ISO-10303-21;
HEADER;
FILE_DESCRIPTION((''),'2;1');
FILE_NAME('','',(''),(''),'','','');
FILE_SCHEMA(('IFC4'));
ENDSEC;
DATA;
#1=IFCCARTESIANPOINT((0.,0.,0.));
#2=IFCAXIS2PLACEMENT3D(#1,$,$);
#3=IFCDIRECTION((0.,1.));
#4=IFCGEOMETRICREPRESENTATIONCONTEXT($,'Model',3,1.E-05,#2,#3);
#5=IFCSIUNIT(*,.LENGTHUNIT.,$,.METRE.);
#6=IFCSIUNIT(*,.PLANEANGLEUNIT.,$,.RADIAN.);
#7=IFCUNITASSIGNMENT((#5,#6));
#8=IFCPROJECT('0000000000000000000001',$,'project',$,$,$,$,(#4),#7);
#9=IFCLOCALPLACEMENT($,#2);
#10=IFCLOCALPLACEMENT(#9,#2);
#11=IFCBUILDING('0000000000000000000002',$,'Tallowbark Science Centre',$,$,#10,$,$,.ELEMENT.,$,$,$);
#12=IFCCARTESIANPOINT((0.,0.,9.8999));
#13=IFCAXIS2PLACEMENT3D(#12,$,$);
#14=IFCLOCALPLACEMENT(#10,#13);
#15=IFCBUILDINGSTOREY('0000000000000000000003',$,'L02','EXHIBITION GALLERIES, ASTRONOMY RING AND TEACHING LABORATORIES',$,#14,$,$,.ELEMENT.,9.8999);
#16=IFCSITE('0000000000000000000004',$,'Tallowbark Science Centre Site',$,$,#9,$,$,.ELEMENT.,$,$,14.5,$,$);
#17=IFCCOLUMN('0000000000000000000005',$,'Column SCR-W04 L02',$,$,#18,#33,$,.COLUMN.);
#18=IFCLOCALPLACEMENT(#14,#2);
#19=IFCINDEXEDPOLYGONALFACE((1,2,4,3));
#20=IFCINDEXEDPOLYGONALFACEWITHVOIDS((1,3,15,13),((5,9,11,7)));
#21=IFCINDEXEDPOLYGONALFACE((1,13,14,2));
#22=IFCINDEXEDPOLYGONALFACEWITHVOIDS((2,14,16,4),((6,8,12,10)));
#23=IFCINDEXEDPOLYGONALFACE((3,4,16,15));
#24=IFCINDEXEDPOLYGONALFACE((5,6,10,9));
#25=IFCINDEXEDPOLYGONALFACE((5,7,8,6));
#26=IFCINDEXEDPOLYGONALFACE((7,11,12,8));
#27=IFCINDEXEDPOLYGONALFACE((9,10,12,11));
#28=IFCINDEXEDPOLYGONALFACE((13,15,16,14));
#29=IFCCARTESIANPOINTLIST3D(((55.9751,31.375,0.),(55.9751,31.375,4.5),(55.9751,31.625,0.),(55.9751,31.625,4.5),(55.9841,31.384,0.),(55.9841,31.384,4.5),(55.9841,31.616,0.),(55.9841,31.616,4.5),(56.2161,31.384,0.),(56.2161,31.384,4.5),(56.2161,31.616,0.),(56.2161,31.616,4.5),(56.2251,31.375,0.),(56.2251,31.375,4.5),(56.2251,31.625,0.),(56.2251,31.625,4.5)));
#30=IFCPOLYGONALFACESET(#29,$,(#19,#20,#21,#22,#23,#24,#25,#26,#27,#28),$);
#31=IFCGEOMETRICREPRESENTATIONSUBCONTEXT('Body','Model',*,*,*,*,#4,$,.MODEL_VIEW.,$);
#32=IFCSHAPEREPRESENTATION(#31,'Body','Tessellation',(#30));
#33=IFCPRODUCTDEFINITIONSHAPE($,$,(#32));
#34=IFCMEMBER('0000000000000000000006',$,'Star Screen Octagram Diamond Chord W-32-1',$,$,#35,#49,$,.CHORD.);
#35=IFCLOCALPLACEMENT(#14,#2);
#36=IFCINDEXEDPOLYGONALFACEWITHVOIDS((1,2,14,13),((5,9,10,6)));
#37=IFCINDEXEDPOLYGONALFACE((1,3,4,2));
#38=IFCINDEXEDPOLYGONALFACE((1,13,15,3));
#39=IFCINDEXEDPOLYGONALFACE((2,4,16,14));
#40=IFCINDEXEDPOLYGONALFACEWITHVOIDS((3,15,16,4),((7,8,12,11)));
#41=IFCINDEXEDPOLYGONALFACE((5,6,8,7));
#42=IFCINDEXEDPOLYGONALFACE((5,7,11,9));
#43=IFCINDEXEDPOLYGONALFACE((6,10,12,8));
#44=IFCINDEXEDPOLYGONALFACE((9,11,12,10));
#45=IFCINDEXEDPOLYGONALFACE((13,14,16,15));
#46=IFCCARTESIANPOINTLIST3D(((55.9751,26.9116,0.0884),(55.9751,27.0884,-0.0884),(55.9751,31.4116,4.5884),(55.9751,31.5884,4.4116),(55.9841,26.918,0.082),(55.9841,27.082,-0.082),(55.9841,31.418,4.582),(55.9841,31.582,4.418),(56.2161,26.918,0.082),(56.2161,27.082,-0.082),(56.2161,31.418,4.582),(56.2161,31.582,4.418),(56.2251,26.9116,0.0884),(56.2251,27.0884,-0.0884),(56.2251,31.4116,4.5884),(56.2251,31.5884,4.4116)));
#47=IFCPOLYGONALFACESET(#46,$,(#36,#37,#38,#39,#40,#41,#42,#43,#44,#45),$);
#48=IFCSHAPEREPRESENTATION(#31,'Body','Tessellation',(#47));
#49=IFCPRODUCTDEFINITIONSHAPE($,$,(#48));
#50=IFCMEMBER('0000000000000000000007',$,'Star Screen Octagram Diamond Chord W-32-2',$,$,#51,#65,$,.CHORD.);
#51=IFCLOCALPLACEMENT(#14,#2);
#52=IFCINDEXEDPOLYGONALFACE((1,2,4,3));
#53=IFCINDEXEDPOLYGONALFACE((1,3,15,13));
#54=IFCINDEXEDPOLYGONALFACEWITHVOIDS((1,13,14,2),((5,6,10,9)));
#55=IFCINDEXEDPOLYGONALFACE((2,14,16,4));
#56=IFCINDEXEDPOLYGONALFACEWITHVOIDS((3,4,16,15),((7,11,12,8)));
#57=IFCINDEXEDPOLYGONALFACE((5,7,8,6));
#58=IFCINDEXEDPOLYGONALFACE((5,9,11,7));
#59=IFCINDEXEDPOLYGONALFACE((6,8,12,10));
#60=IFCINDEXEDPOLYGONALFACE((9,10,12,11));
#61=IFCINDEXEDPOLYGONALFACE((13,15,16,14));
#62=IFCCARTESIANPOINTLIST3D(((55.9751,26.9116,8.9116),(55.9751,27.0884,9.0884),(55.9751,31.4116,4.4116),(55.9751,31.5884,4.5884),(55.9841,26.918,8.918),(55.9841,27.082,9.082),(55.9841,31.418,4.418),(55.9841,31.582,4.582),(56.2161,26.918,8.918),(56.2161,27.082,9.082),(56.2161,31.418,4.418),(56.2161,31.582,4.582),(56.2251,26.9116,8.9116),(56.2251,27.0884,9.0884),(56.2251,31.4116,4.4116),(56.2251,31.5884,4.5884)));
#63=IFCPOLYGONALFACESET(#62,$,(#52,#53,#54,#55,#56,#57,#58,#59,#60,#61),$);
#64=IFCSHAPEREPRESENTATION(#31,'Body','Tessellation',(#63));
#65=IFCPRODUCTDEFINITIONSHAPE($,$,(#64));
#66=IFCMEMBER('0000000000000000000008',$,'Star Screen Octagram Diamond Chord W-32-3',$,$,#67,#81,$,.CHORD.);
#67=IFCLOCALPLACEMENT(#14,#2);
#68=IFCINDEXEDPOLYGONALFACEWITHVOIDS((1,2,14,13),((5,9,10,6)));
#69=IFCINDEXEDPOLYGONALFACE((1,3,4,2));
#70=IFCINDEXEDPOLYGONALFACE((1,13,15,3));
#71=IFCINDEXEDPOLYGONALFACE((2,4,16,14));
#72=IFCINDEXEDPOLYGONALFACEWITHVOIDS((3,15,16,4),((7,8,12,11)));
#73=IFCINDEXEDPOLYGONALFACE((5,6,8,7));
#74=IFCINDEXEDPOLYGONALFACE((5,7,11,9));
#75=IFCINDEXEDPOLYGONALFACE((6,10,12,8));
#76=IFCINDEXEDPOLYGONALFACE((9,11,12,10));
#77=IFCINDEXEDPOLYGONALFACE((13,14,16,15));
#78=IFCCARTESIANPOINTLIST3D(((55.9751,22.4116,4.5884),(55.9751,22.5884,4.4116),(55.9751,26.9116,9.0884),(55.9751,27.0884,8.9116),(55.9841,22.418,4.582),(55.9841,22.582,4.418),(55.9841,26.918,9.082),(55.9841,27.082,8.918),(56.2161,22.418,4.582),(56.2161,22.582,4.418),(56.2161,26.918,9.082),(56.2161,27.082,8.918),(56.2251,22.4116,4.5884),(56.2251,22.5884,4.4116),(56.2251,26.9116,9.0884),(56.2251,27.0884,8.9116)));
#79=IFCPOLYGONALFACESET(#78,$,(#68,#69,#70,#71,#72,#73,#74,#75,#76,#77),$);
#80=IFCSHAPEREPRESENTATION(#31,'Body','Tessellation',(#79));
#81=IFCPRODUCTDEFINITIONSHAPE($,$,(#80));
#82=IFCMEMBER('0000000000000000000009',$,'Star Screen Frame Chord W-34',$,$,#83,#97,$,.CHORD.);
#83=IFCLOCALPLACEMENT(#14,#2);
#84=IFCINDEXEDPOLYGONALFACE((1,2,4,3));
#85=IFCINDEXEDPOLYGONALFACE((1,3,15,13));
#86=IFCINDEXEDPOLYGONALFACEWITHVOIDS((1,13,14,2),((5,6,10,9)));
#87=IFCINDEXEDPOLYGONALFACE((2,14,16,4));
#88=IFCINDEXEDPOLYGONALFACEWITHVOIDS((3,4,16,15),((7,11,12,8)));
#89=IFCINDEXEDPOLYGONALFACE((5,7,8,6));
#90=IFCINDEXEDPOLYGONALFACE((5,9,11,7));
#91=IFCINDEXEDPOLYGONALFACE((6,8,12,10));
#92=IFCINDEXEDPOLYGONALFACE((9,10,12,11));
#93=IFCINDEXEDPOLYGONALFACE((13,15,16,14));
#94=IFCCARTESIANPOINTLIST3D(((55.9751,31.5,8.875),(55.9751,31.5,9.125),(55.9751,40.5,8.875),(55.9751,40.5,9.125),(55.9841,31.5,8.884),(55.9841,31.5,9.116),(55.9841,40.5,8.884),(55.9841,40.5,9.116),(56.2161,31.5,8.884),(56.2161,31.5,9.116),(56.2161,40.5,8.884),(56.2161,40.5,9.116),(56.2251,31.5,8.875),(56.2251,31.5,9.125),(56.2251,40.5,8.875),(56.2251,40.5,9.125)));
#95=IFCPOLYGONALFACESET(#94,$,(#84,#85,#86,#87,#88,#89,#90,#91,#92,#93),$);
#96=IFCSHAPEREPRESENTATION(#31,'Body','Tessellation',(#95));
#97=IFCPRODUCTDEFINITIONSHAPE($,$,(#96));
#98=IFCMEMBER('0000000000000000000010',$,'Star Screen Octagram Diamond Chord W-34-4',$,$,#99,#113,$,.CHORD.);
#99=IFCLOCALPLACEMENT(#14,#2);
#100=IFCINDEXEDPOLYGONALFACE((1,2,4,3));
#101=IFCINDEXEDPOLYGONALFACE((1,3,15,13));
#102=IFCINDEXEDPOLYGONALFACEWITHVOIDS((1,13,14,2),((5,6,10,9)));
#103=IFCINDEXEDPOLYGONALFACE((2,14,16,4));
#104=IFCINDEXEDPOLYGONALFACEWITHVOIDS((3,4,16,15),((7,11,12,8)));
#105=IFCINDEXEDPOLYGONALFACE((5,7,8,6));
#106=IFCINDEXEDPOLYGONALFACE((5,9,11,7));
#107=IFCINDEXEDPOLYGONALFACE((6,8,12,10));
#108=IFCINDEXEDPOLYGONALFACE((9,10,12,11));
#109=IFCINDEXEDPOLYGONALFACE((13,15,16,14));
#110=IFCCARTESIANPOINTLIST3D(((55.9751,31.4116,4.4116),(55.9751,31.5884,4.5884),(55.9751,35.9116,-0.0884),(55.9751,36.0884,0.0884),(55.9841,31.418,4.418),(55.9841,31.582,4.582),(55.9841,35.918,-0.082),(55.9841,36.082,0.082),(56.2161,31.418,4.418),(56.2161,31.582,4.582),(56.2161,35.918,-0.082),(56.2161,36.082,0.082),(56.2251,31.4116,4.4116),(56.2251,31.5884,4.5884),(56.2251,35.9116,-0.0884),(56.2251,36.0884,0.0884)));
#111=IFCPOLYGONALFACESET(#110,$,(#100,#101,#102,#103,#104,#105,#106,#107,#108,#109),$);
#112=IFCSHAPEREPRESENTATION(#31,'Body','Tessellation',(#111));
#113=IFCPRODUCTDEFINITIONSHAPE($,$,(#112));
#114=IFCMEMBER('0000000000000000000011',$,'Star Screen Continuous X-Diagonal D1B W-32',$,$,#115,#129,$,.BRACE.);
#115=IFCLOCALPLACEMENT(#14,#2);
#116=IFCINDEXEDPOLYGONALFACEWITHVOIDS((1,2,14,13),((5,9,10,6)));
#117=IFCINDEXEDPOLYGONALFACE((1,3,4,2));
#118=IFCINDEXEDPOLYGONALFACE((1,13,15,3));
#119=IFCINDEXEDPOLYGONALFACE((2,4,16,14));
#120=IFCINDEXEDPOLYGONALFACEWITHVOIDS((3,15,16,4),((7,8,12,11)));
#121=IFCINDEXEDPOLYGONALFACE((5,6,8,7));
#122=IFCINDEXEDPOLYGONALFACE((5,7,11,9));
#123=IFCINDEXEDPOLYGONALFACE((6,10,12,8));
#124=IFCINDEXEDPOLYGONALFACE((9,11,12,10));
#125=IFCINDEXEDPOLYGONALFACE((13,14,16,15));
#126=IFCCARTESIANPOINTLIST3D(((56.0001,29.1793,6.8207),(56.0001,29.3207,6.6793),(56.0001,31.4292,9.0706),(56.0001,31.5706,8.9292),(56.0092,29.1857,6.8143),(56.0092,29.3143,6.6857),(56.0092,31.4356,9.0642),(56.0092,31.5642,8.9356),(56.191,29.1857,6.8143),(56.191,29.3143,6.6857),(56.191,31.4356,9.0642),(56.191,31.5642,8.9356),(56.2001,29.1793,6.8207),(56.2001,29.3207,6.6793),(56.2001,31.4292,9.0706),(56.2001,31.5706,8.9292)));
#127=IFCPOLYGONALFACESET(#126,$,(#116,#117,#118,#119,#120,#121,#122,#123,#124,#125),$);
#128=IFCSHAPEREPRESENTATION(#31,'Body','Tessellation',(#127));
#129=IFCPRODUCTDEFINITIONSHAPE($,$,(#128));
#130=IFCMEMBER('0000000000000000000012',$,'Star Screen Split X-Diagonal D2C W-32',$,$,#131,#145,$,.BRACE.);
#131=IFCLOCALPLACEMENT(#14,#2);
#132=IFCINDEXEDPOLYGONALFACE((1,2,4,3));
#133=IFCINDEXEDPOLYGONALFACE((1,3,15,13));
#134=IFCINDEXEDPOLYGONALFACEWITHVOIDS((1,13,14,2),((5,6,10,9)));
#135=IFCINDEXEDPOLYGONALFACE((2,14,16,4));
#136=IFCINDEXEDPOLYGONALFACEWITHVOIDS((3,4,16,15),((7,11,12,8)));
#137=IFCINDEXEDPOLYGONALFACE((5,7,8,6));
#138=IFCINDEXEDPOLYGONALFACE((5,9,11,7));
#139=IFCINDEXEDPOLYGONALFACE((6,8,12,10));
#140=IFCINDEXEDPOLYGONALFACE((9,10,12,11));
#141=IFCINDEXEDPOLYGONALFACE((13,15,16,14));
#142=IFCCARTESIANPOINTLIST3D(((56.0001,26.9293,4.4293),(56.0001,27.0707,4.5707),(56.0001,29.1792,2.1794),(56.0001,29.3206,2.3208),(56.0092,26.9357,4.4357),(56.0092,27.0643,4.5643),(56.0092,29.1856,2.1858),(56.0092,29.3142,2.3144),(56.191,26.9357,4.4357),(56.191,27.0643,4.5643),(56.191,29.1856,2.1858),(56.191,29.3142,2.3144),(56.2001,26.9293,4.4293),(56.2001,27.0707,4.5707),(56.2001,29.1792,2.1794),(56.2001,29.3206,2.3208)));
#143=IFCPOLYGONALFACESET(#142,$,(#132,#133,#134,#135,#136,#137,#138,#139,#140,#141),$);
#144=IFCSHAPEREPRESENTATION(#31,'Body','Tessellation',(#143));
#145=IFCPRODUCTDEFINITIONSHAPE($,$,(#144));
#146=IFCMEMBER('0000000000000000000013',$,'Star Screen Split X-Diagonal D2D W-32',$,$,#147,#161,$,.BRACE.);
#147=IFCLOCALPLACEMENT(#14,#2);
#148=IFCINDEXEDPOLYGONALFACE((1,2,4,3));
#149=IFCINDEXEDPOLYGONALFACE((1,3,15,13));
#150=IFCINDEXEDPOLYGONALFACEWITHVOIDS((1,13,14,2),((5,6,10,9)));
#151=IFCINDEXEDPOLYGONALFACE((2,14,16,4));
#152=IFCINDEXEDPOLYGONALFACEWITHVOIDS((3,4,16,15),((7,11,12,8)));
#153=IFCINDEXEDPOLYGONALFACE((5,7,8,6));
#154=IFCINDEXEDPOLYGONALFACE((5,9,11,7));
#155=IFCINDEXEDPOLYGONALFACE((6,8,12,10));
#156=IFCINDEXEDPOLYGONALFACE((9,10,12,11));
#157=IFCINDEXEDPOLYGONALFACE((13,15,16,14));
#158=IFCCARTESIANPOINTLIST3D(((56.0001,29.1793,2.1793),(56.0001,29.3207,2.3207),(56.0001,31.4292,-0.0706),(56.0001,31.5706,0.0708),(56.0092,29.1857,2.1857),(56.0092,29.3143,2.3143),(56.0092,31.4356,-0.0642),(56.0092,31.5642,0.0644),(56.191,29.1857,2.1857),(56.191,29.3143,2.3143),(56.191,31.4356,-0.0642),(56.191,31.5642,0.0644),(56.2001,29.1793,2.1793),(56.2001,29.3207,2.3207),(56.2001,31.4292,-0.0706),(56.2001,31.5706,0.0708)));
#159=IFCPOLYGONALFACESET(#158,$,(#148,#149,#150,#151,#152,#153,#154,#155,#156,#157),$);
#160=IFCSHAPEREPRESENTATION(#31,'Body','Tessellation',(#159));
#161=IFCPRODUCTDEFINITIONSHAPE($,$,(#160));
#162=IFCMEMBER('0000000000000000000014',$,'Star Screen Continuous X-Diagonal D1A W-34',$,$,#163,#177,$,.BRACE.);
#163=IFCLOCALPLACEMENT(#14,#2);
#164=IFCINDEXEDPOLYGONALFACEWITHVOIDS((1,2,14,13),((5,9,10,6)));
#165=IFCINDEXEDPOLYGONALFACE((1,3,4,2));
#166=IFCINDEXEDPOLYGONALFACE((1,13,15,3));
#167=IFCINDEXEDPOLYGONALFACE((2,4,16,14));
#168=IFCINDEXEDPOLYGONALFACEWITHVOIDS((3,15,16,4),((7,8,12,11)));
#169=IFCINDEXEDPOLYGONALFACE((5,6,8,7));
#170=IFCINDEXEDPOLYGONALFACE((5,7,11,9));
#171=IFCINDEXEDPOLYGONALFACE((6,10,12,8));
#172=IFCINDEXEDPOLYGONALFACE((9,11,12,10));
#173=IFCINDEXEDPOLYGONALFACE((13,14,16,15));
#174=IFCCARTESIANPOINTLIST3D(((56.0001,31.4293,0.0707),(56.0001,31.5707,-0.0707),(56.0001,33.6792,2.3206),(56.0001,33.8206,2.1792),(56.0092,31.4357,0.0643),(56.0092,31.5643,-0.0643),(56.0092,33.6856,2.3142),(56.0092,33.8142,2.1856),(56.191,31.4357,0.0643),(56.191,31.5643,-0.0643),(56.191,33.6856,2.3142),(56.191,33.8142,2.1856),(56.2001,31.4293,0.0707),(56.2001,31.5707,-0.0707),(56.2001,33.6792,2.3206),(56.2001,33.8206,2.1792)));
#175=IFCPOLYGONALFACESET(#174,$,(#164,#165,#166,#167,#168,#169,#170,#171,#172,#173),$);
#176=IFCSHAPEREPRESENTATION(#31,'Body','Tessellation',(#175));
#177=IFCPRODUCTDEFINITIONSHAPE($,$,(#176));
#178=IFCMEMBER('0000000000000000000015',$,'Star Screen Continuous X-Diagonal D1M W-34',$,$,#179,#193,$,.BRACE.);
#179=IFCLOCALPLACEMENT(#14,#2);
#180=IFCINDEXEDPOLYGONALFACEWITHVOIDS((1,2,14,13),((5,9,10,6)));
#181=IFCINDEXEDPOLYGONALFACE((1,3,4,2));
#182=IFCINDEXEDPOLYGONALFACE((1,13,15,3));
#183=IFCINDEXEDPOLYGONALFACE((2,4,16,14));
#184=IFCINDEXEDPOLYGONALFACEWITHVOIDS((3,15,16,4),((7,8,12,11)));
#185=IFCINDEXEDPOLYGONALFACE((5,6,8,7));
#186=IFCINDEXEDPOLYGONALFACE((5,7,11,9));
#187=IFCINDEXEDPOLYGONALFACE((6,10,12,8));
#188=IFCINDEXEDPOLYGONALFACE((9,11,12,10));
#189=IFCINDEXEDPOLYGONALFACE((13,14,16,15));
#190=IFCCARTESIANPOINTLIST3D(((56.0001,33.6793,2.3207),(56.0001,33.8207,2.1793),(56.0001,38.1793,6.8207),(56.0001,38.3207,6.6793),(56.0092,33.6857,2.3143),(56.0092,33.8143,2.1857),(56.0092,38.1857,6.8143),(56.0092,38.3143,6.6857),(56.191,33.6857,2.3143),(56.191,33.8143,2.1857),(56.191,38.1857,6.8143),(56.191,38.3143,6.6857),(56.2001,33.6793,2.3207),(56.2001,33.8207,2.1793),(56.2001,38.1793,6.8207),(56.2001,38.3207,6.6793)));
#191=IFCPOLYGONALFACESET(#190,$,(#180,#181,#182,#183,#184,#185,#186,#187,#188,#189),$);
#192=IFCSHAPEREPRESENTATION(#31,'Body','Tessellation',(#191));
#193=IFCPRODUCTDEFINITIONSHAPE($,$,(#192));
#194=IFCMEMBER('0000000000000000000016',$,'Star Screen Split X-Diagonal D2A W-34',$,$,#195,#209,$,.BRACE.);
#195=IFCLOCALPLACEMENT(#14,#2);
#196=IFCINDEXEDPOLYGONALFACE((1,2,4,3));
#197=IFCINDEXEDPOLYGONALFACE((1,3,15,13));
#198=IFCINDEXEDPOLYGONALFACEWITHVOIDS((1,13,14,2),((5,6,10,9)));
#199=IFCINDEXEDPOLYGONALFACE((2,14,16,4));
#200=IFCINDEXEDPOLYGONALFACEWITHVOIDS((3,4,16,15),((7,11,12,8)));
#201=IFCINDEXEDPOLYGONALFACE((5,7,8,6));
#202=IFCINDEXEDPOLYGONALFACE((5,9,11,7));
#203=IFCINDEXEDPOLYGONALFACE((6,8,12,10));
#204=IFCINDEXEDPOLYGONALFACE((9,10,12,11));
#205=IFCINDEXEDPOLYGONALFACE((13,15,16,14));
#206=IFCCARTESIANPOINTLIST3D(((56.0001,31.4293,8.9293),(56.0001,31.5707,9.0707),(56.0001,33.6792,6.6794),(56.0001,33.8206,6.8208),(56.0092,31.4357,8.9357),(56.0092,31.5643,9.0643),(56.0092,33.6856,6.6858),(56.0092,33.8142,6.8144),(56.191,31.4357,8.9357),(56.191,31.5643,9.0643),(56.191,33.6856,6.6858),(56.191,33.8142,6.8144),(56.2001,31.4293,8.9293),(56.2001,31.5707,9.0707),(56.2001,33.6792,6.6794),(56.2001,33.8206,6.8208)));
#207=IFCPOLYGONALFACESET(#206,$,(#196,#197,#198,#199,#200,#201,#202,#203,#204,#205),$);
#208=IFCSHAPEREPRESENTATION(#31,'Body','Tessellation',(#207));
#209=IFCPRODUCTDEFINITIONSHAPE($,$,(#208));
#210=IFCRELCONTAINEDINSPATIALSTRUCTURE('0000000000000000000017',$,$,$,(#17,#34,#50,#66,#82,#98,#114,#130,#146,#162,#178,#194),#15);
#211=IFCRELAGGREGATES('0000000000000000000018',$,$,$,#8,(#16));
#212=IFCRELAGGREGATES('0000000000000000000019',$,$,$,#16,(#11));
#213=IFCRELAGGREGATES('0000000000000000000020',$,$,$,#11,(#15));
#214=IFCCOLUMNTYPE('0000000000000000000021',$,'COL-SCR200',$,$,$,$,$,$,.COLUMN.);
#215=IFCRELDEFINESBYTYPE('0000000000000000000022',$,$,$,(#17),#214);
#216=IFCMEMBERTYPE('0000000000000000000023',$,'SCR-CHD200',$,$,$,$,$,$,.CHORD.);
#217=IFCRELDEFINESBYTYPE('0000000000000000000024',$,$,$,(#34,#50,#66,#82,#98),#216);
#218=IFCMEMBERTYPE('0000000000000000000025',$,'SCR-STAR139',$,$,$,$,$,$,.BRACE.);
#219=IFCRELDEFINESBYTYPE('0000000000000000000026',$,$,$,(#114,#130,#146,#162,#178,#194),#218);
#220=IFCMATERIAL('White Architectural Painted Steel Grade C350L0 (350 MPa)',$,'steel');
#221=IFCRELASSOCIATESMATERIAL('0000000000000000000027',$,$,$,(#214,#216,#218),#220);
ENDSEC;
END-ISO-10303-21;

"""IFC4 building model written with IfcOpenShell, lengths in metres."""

from ifc_helpers import new_model, si_unit, direction, frame, origin, origin_2d, place, context, subcontext, project, spatial, hollow_rectangle, extrude, material, material_profile, profile_set, type_object, element, save


model = new_model("IFC4")

# Units and contexts
model_context = context("Model", 3, precision=1e-05, world=origin(), true_north=direction((0.0, 1.0)))
body_context = subcontext(model_context, "Body", "Model", "MODEL_VIEW")
ifc_project = project(units=[si_unit("LENGTHUNIT", "METRE"), si_unit("PLANEANGLEUNIT", "RADIAN")], contexts=[model_context])

# Site, building, storey
site_placement = place(None, origin())
site = spatial("IfcSite", under=ifc_project, at=site_placement, Name="Tallowbark Science Centre Site", CompositionType="ELEMENT", RefElevation=14.5)
building_placement = place(site_placement, origin())
building = spatial("IfcBuilding", under=site, at=building_placement, Name="Tallowbark Science Centre", CompositionType="ELEMENT")
storey_placement = place(building_placement, frame((0.0, 0.0, 9.8999)))
storey = spatial("IfcBuildingStorey", under=building, at=storey_placement, Name="L02", Description="EXHIBITION GALLERIES, ASTRONOMY RING AND TEACHING LABORATORIES", CompositionType="ELEMENT", Elevation=9.8999)

# Column
ifc_material_1 = material(Name="White Architectural Painted Steel Grade C350L0 (350 MPa)", Category="steel")
ifc_material_profile_1 = material_profile(ifc_material_1, hollow_rectangle(XDim=0.25, YDim=0.25, WallThickness=0.009, at=origin_2d()), Name="250x250x9.0SHS")
ifc_profile_set_1 = profile_set([ifc_material_profile_1], Name="White Architectural Painted Steel Grade C350L0 (350 MPa)")
column_type = type_object("IfcColumnType", Name="COL-SCR200", PredefinedType="COLUMN", material=ifc_profile_set_1)
column_placement = place(storey_placement, frame((56.1001, 31.5, 0.0), z_axis=(0.0, 0.0, 1.0), x_axis=(1.0, 0.0, 0.0)))
element("IfcColumn", 1, at=column_placement, inside=storey, type_object=column_type, Name="Column SCR-W04 L02", PredefinedType="COLUMN", context=body_context, shape_type="SweptSolid", body=[
    extrude(hollow_rectangle(XDim=0.25, YDim=0.25, WallThickness=0.009, at=origin_2d()), origin(), (0.0, 0.0, 1.0), 4.5),
])

# Members
ifc_material_profile_2 = material_profile(ifc_material_1, hollow_rectangle(XDim=0.25, YDim=0.25, WallThickness=0.009, at=origin_2d()), Name="250x250x9.0SHS")
ifc_profile_set_2 = profile_set([ifc_material_profile_2], Name="White Architectural Painted Steel Grade C350L0 (350 MPa)")
member_type_1 = type_object("IfcMemberType", Name="SCR-CHD200", PredefinedType="CHORD", material=ifc_profile_set_2)
for number, where, z_axis, x_axis, name in (
    (2, (56.1001, 27.0, 0.0), (0.0, 0.707107, 0.707107), (-1.0, 0.0, 0.0), "Star Screen Octagram Diamond Chord W-32-1"),
    (3, (56.1001, 31.5, 4.5), (0.0, -0.707107, 0.707107), (1.0, 0.0, 0.0), "Star Screen Octagram Diamond Chord W-32-2"),
    (4, (56.1001, 27.0, 9.0), (0.0, -0.707107, -0.707107), (1.0, 0.0, 0.0), "Star Screen Octagram Diamond Chord W-32-3"),
):
    element("IfcMember", number, at=place(storey_placement, frame(where, z_axis=z_axis, x_axis=x_axis)), inside=storey, type_object=member_type_1, Name=name, PredefinedType="CHORD", context=body_context, shape_type="SweptSolid", body=[
        extrude(hollow_rectangle(XDim=0.25, YDim=0.25, WallThickness=0.009, at=origin_2d()), origin(), (0.0, 0.0, 1.0), 6.364),
    ])
member_1_placement = place(storey_placement, frame((56.1001, 31.5, 9.0), z_axis=(0.0, 1.0, 0.0), x_axis=(-1.0, 0.0, 0.0)))
element("IfcMember", 5, at=member_1_placement, inside=storey, type_object=member_type_1, Name="Star Screen Frame Chord W-34", PredefinedType="CHORD", context=body_context, shape_type="SweptSolid", body=[
    extrude(hollow_rectangle(XDim=0.25, YDim=0.25, WallThickness=0.009, at=origin_2d()), origin(), (0.0, 0.0, 1.0), 9.0),
])
member_2_placement = place(storey_placement, frame((56.1001, 31.5, 4.5), z_axis=(0.0, 0.707107, -0.707107), x_axis=(-1.0, 0.0, 0.0)))
element("IfcMember", 6, at=member_2_placement, inside=storey, type_object=member_type_1, Name="Star Screen Octagram Diamond Chord W-34-4", PredefinedType="CHORD", context=body_context, shape_type="SweptSolid", body=[
    extrude(hollow_rectangle(XDim=0.25, YDim=0.25, WallThickness=0.009, at=origin_2d()), origin(), (0.0, 0.0, 1.0), 6.364),
])
ifc_material_profile_3 = material_profile(ifc_material_1, hollow_rectangle(XDim=0.2, YDim=0.2, WallThickness=0.009, at=origin_2d()), Name="200x200x9.0SHS")
ifc_profile_set_3 = profile_set([ifc_material_profile_3], Name="White Architectural Painted Steel Grade C350L0 (350 MPa)")
member_type_2 = type_object("IfcMemberType", Name="SCR-STAR139", PredefinedType="BRACE", material=ifc_profile_set_3)
for number, where, z_axis, x_axis, name in (
    (7, (56.1001, 29.25, 6.75), (0.0, 0.707107, 0.707107), (-1.0, 0.0, 0.0), "Star Screen Continuous X-Diagonal D1B W-32"),
    (8, (56.1001, 27.0, 4.5), (0.0, 0.707107, -0.707107), (-1.0, 0.0, 0.0), "Star Screen Split X-Diagonal D2C W-32"),
    (9, (56.1001, 29.25, 2.25), (0.0, 0.707107, -0.707107), (-1.0, 0.0, 0.0), "Star Screen Split X-Diagonal D2D W-32"),
    (10, (56.1001, 31.5, 0.0), (0.0, 0.707107, 0.707107), (-1.0, 0.0, 0.0), "Star Screen Continuous X-Diagonal D1A W-34"),
):
    element("IfcMember", number, at=place(storey_placement, frame(where, z_axis=z_axis, x_axis=x_axis)), inside=storey, type_object=member_type_2, Name=name, PredefinedType="BRACE", context=body_context, shape_type="SweptSolid", body=[
        extrude(hollow_rectangle(XDim=0.2, YDim=0.2, WallThickness=0.009, at=origin_2d()), origin(), (0.0, 0.0, 1.0), 3.1819),
    ])
member_3_placement = place(storey_placement, frame((56.1001, 33.75, 2.25), z_axis=(0.0, 0.707107, 0.707107), x_axis=(-1.0, 0.0, 0.0)))
element("IfcMember", 11, at=member_3_placement, inside=storey, type_object=member_type_2, Name="Star Screen Continuous X-Diagonal D1M W-34", PredefinedType="BRACE", context=body_context, shape_type="SweptSolid", body=[
    extrude(hollow_rectangle(XDim=0.2, YDim=0.2, WallThickness=0.009, at=origin_2d()), origin(), (0.0, 0.0, 1.0), 6.364),
])
member_4_placement = place(storey_placement, frame((56.1001, 31.5, 9.0), z_axis=(0.0, 0.707107, -0.707107), x_axis=(-1.0, 0.0, 0.0)))
element("IfcMember", 12, at=member_4_placement, inside=storey, type_object=member_type_2, Name="Star Screen Split X-Diagonal D2A W-34", PredefinedType="BRACE", context=body_context, shape_type="SweptSolid", body=[
    extrude(hollow_rectangle(XDim=0.2, YDim=0.2, WallThickness=0.009, at=origin_2d()), origin(), (0.0, 0.0, 1.0), 3.1819),
])

save(model, "model.ifc")
